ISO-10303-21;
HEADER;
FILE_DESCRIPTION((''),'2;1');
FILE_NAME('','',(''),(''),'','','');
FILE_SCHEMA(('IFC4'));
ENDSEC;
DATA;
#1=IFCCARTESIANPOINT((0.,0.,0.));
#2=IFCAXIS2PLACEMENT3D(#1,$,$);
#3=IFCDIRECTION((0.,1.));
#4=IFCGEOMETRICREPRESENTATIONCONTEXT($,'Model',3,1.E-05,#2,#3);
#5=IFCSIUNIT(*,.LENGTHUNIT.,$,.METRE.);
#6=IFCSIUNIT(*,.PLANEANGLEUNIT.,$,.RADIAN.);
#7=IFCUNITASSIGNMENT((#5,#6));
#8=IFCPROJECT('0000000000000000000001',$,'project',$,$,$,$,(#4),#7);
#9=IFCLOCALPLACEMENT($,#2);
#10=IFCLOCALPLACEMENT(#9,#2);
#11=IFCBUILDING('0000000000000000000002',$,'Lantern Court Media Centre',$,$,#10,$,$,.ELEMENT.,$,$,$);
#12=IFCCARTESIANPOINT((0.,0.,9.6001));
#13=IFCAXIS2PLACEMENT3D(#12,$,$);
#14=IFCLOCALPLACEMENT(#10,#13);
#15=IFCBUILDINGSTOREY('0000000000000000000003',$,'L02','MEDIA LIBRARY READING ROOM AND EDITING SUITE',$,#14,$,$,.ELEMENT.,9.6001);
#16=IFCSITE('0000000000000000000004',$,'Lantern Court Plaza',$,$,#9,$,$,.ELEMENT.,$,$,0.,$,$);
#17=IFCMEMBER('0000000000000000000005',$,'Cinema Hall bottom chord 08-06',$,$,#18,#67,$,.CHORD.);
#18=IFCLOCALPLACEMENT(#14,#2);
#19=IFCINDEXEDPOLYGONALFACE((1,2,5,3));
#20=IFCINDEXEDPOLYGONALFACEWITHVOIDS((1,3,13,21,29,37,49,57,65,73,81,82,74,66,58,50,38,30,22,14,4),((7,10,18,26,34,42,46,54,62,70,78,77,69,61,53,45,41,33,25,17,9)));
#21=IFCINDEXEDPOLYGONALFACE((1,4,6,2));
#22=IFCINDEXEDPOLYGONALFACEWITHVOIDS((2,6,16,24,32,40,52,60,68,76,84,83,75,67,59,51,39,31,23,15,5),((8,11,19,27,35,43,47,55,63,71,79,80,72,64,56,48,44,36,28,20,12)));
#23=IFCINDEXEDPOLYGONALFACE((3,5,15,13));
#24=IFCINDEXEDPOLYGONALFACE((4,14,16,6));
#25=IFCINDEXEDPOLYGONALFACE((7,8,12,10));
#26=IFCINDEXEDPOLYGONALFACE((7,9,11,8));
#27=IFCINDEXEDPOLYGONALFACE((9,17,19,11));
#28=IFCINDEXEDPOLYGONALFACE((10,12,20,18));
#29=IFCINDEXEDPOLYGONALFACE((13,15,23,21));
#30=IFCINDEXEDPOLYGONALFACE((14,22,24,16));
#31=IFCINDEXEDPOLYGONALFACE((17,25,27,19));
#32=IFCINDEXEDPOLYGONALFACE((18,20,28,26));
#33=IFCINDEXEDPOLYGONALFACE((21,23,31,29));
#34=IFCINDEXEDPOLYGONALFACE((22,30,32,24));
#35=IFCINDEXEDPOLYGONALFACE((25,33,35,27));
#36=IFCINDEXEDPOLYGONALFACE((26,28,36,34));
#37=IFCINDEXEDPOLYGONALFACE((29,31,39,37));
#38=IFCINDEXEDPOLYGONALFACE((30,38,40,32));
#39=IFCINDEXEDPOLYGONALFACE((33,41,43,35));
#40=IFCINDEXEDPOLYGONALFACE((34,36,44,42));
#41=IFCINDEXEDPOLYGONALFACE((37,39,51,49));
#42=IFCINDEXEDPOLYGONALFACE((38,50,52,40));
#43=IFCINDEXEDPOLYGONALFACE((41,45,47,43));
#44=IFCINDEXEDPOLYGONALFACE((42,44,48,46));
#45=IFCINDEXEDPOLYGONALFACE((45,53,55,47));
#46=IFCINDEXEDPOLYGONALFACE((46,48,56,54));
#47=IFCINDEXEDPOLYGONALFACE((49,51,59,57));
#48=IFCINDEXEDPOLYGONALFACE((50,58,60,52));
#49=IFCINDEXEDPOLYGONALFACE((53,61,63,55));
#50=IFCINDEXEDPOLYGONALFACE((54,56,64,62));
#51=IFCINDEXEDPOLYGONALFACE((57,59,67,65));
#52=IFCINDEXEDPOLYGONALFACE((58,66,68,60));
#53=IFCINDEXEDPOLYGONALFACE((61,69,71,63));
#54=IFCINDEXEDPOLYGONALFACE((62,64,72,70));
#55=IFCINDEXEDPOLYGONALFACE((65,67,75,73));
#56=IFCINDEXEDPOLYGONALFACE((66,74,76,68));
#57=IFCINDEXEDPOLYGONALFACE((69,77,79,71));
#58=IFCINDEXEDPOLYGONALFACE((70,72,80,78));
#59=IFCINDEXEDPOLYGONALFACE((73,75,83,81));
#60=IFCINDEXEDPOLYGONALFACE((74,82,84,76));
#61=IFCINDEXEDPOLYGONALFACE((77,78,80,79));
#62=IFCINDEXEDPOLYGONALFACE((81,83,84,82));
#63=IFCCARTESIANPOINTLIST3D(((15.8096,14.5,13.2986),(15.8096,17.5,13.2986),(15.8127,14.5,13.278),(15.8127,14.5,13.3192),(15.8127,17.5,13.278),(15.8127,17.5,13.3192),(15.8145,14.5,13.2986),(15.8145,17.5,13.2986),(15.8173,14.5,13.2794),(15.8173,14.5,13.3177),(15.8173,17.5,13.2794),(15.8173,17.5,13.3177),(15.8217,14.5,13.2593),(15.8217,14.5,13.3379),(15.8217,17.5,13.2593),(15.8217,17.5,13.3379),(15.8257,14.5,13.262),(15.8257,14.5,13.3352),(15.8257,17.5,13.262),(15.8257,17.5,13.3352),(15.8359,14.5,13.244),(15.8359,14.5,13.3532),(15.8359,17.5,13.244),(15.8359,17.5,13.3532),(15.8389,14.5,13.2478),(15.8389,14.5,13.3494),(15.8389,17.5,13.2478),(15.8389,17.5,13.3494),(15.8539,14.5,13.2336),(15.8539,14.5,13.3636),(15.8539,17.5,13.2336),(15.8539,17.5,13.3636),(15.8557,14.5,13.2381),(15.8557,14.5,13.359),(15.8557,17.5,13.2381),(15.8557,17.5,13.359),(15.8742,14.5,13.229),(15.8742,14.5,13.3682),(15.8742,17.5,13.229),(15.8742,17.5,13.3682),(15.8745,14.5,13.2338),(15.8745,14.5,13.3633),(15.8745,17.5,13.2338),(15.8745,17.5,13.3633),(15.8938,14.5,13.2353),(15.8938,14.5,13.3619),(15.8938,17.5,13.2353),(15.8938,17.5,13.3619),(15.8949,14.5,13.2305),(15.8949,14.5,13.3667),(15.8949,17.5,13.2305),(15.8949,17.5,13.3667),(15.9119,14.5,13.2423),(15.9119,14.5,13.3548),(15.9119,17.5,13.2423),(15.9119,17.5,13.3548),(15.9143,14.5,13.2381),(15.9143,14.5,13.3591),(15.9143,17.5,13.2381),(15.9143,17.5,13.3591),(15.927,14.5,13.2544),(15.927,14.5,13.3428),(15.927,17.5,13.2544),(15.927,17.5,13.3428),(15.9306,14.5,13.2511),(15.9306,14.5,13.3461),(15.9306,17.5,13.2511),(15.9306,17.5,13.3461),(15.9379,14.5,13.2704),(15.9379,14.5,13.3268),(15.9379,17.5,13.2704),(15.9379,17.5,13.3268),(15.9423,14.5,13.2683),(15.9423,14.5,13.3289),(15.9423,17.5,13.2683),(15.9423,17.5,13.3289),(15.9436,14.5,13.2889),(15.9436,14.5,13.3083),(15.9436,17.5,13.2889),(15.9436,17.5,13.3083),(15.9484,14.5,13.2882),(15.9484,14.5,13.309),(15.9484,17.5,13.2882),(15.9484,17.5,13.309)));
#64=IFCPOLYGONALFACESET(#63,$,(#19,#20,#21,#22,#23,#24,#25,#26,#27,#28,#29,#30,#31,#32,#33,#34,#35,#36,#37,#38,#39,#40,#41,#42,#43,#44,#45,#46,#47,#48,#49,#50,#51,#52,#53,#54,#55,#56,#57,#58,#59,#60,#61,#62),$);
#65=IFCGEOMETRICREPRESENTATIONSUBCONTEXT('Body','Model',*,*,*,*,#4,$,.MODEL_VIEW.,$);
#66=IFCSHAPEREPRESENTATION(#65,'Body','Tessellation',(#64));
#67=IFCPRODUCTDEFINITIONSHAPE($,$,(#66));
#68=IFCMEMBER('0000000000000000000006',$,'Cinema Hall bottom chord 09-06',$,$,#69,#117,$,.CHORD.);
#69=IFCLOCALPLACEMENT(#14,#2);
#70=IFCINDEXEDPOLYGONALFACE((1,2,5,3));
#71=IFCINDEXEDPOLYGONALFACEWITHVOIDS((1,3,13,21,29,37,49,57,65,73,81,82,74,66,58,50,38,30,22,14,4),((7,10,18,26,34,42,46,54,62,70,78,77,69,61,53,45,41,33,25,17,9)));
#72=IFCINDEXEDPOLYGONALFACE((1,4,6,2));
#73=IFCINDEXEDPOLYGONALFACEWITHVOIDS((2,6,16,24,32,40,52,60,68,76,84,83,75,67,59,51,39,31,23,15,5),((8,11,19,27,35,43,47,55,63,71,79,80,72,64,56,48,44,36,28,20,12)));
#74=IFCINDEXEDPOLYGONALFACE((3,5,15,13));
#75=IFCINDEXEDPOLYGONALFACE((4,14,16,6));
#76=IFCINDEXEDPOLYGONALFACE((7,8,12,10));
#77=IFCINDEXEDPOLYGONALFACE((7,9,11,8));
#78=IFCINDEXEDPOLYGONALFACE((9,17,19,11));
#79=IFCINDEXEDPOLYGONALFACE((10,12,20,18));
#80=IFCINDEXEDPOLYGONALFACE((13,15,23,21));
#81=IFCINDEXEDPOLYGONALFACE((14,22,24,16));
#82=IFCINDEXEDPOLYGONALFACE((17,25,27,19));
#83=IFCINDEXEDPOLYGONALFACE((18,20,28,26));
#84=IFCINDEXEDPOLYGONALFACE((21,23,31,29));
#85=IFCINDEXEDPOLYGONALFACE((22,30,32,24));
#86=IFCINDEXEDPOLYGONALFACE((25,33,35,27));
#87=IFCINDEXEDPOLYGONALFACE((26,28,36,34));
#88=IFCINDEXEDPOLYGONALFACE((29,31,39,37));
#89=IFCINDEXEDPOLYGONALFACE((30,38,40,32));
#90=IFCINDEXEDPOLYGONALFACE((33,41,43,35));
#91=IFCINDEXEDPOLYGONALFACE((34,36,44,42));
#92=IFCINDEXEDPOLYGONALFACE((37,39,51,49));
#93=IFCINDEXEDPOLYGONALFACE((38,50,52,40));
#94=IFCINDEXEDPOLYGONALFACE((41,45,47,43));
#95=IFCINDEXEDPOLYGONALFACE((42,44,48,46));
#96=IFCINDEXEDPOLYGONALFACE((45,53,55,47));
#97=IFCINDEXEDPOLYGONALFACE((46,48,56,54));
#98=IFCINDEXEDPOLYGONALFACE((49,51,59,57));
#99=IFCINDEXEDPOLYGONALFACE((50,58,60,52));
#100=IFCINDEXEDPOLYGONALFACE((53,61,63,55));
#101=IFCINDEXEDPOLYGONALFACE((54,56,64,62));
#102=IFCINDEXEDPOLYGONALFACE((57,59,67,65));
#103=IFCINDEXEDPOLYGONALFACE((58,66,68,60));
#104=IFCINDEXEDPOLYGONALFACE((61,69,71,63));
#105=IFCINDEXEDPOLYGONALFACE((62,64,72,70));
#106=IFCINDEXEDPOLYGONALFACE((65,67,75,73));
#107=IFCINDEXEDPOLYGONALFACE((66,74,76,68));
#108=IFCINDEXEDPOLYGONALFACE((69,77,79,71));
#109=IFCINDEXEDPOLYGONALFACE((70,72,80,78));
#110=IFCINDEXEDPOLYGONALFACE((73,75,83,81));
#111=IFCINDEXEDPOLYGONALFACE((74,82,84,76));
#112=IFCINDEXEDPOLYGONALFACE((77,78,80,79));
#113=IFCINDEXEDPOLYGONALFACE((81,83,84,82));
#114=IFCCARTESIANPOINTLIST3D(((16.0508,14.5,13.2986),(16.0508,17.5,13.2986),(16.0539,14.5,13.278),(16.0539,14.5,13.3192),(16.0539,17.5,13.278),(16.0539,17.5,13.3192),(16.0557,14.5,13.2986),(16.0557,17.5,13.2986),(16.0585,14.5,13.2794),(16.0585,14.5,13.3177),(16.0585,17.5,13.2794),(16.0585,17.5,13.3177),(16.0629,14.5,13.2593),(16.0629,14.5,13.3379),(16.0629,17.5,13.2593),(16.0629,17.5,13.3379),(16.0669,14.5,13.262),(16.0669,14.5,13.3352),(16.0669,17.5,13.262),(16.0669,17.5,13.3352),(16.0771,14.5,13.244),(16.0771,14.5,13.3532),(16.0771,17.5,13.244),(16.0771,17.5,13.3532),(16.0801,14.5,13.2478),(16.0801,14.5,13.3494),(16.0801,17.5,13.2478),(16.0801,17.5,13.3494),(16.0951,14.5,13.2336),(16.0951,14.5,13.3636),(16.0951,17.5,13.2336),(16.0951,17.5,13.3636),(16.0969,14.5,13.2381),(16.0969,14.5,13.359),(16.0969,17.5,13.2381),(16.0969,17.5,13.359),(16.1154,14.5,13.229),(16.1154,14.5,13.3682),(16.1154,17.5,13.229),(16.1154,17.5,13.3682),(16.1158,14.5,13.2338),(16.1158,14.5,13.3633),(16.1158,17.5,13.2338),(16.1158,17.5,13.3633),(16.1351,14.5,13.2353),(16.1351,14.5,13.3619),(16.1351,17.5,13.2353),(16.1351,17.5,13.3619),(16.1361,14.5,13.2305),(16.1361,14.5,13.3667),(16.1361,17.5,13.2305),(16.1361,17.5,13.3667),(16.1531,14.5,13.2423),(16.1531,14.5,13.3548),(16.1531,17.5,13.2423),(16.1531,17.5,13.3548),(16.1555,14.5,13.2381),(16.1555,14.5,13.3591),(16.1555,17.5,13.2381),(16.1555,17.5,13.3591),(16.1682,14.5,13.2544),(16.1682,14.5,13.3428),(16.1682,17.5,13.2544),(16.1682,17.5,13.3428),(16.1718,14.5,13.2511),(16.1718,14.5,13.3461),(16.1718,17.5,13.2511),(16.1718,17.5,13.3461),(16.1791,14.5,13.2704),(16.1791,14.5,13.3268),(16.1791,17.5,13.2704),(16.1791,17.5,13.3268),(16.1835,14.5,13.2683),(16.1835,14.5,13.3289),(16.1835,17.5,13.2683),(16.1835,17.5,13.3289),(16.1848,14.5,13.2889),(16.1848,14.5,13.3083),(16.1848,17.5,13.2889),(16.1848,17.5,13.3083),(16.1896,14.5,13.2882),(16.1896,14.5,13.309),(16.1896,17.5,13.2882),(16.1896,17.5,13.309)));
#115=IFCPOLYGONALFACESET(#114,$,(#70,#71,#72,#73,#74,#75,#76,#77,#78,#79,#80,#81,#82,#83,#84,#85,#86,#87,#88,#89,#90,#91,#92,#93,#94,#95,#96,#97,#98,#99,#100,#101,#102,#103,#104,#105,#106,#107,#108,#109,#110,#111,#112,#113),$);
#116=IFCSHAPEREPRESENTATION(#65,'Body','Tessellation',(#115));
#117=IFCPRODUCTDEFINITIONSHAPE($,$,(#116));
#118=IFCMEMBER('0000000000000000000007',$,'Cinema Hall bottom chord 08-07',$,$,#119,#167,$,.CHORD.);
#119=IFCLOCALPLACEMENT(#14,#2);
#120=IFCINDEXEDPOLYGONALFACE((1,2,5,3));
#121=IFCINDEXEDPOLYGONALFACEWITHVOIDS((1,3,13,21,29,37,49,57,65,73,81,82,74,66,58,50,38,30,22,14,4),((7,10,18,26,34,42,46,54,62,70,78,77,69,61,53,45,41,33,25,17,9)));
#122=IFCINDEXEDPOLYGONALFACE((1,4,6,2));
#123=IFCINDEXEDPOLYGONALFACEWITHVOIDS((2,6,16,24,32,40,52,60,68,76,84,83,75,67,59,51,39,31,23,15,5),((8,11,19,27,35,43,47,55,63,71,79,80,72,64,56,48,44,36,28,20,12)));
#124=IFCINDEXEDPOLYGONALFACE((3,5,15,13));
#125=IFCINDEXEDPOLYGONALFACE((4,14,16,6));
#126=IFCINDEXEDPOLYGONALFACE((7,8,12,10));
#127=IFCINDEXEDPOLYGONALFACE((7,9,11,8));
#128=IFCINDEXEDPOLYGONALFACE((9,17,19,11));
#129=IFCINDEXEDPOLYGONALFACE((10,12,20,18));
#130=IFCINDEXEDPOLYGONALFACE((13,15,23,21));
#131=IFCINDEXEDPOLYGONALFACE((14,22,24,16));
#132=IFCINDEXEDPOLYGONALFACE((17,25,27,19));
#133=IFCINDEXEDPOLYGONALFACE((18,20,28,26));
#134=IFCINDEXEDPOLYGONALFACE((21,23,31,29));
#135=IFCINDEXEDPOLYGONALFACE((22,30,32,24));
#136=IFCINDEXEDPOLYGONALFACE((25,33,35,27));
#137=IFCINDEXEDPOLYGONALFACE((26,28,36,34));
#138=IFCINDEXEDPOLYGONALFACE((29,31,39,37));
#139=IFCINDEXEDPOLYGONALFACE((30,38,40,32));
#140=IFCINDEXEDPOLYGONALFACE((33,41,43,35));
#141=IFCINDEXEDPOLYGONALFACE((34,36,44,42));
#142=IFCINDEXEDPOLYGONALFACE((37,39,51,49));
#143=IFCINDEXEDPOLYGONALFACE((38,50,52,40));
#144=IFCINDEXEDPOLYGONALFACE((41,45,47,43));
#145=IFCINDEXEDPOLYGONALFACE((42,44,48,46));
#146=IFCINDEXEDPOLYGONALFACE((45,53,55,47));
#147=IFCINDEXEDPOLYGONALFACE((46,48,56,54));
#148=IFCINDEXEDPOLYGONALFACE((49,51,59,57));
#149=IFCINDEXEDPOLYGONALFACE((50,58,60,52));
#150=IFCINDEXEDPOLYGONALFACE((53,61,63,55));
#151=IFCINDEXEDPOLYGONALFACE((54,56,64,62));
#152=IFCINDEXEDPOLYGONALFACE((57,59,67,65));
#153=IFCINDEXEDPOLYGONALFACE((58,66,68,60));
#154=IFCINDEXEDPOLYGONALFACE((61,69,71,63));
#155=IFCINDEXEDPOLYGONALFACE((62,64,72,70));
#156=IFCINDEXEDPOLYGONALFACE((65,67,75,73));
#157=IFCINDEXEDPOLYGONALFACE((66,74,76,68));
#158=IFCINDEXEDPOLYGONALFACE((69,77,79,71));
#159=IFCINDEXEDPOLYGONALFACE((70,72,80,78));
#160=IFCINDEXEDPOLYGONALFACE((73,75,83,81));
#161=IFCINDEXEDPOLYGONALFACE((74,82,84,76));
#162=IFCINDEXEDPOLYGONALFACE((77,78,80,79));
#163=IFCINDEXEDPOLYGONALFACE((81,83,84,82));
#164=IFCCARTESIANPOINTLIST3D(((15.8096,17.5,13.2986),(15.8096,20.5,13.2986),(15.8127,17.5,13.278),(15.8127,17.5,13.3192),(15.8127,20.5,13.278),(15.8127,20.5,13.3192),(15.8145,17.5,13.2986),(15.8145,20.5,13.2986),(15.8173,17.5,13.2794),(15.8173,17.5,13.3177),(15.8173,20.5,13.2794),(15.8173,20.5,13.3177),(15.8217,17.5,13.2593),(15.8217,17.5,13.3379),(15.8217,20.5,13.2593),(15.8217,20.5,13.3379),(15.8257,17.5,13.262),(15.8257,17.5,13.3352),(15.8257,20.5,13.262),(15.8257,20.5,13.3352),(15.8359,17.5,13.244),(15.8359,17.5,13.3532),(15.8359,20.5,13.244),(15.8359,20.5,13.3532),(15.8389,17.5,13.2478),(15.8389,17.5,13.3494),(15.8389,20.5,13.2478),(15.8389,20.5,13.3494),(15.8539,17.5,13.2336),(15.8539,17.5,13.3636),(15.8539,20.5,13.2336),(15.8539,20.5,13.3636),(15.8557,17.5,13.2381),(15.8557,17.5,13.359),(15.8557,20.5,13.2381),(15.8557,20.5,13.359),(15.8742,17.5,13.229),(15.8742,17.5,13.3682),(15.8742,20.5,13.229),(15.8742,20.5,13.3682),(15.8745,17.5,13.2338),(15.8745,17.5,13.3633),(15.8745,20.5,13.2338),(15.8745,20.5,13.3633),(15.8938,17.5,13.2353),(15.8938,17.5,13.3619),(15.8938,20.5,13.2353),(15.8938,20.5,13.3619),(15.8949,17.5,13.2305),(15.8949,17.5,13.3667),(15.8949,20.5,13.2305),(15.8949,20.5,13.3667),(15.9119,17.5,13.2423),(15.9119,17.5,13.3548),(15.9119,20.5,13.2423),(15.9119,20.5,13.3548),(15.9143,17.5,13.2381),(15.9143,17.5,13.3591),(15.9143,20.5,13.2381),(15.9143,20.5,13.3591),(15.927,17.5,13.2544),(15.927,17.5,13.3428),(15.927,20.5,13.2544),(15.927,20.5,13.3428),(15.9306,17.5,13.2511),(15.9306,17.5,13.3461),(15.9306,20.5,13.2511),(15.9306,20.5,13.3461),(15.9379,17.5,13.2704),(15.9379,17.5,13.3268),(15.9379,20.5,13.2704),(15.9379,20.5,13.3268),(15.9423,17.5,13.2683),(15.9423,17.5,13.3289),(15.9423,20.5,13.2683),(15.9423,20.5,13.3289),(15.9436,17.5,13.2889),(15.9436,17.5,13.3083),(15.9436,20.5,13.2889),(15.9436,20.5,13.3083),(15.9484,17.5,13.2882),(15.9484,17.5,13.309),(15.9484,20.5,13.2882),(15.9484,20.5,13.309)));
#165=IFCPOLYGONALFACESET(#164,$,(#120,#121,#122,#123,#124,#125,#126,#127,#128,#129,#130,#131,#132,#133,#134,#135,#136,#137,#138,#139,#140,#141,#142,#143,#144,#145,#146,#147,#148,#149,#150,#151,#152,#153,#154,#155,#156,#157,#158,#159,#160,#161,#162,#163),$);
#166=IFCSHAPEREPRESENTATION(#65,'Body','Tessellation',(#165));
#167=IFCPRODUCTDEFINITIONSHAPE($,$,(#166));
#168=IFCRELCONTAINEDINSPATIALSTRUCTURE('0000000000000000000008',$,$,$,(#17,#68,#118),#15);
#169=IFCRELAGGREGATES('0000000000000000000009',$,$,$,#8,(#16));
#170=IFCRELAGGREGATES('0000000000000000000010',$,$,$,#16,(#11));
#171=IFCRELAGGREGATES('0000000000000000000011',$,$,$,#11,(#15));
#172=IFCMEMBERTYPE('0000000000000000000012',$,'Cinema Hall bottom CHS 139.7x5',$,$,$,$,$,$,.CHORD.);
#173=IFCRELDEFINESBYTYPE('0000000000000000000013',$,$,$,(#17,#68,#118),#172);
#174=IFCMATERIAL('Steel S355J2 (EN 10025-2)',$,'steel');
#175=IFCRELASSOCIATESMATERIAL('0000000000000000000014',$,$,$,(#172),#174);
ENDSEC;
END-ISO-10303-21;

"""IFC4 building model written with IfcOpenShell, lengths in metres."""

from ifc_helpers import new_model, si_unit, direction, frame, origin, origin_2d, place, context, subcontext, project, spatial, hollow_circle, extrude, material, material_profile, profile_set, type_object, element, save


model = new_model("IFC4")

# Units and contexts
model_context = context("Model", 3, precision=1e-05, world=origin(), true_north=direction((0.0, 1.0)))
body_context = subcontext(model_context, "Body", "Model", "MODEL_VIEW")
ifc_project = project(units=[si_unit("LENGTHUNIT", "METRE"), si_unit("PLANEANGLEUNIT", "RADIAN")], contexts=[model_context])

# Site, building, storey
site_placement = place(None, origin())
site = spatial("IfcSite", under=ifc_project, at=site_placement, Name="Lantern Court Plaza", CompositionType="ELEMENT", RefElevation=0.0)
building_placement = place(site_placement, origin())
building = spatial("IfcBuilding", under=site, at=building_placement, Name="Lantern Court Media Centre", CompositionType="ELEMENT")
storey_placement = place(building_placement, frame((0.0, 0.0, 9.6001)))
storey = spatial("IfcBuildingStorey", under=building, at=storey_placement, Name="L02", Description="MEDIA LIBRARY READING ROOM AND EDITING SUITE", CompositionType="ELEMENT", Elevation=9.6001)

# Members
ifc_material = material(Name="Steel S355J2 (EN 10025-2)", Category="steel")
ifc_material_profile_1 = material_profile(ifc_material, hollow_circle(Radius=0.0698, WallThickness=0.0049, at=origin_2d()), Name="Cinema Hall bottom CHS 139.7x5")
ifc_profile_set_1 = profile_set([ifc_material_profile_1], Name="Steel S355J2 (EN 10025-2)")
member_type_1 = type_object("IfcMemberType", Name="Cinema Hall bottom CHS 139.7x5", PredefinedType="CHORD", material=ifc_profile_set_1)
for number, where, z_axis, x_axis, name in (
    (1, (15.8794, 14.5, 13.2986), (0.0, 1.0, 0.0), (-1.0, 0.0, 0.0), "Cinema Hall bottom chord 08-06"),
    (2, (16.1206, 14.5, 13.2986), (0.0, 1.0, 0.0), (-1.0, 0.0, 0.0), "Cinema Hall bottom chord 09-06"),
    (3, (15.8794, 17.5, 13.2986), (0.0, 1.0, 0.0), (-1.0, 0.0, 0.0), "Cinema Hall bottom chord 08-07"),
):
    element("IfcMember", number, at=place(storey_placement, frame(where, z_axis=z_axis, x_axis=x_axis)), inside=storey, type_object=member_type_1, Name=name, PredefinedType="CHORD", context=body_context, shape_type="SweptSolid", body=[
        extrude(hollow_circle(Radius=0.0698, WallThickness=0.0049, at=origin_2d()), origin(), (0.0, 0.0, 1.0), 3.0),
    ])

save(model, "model.ifc")
